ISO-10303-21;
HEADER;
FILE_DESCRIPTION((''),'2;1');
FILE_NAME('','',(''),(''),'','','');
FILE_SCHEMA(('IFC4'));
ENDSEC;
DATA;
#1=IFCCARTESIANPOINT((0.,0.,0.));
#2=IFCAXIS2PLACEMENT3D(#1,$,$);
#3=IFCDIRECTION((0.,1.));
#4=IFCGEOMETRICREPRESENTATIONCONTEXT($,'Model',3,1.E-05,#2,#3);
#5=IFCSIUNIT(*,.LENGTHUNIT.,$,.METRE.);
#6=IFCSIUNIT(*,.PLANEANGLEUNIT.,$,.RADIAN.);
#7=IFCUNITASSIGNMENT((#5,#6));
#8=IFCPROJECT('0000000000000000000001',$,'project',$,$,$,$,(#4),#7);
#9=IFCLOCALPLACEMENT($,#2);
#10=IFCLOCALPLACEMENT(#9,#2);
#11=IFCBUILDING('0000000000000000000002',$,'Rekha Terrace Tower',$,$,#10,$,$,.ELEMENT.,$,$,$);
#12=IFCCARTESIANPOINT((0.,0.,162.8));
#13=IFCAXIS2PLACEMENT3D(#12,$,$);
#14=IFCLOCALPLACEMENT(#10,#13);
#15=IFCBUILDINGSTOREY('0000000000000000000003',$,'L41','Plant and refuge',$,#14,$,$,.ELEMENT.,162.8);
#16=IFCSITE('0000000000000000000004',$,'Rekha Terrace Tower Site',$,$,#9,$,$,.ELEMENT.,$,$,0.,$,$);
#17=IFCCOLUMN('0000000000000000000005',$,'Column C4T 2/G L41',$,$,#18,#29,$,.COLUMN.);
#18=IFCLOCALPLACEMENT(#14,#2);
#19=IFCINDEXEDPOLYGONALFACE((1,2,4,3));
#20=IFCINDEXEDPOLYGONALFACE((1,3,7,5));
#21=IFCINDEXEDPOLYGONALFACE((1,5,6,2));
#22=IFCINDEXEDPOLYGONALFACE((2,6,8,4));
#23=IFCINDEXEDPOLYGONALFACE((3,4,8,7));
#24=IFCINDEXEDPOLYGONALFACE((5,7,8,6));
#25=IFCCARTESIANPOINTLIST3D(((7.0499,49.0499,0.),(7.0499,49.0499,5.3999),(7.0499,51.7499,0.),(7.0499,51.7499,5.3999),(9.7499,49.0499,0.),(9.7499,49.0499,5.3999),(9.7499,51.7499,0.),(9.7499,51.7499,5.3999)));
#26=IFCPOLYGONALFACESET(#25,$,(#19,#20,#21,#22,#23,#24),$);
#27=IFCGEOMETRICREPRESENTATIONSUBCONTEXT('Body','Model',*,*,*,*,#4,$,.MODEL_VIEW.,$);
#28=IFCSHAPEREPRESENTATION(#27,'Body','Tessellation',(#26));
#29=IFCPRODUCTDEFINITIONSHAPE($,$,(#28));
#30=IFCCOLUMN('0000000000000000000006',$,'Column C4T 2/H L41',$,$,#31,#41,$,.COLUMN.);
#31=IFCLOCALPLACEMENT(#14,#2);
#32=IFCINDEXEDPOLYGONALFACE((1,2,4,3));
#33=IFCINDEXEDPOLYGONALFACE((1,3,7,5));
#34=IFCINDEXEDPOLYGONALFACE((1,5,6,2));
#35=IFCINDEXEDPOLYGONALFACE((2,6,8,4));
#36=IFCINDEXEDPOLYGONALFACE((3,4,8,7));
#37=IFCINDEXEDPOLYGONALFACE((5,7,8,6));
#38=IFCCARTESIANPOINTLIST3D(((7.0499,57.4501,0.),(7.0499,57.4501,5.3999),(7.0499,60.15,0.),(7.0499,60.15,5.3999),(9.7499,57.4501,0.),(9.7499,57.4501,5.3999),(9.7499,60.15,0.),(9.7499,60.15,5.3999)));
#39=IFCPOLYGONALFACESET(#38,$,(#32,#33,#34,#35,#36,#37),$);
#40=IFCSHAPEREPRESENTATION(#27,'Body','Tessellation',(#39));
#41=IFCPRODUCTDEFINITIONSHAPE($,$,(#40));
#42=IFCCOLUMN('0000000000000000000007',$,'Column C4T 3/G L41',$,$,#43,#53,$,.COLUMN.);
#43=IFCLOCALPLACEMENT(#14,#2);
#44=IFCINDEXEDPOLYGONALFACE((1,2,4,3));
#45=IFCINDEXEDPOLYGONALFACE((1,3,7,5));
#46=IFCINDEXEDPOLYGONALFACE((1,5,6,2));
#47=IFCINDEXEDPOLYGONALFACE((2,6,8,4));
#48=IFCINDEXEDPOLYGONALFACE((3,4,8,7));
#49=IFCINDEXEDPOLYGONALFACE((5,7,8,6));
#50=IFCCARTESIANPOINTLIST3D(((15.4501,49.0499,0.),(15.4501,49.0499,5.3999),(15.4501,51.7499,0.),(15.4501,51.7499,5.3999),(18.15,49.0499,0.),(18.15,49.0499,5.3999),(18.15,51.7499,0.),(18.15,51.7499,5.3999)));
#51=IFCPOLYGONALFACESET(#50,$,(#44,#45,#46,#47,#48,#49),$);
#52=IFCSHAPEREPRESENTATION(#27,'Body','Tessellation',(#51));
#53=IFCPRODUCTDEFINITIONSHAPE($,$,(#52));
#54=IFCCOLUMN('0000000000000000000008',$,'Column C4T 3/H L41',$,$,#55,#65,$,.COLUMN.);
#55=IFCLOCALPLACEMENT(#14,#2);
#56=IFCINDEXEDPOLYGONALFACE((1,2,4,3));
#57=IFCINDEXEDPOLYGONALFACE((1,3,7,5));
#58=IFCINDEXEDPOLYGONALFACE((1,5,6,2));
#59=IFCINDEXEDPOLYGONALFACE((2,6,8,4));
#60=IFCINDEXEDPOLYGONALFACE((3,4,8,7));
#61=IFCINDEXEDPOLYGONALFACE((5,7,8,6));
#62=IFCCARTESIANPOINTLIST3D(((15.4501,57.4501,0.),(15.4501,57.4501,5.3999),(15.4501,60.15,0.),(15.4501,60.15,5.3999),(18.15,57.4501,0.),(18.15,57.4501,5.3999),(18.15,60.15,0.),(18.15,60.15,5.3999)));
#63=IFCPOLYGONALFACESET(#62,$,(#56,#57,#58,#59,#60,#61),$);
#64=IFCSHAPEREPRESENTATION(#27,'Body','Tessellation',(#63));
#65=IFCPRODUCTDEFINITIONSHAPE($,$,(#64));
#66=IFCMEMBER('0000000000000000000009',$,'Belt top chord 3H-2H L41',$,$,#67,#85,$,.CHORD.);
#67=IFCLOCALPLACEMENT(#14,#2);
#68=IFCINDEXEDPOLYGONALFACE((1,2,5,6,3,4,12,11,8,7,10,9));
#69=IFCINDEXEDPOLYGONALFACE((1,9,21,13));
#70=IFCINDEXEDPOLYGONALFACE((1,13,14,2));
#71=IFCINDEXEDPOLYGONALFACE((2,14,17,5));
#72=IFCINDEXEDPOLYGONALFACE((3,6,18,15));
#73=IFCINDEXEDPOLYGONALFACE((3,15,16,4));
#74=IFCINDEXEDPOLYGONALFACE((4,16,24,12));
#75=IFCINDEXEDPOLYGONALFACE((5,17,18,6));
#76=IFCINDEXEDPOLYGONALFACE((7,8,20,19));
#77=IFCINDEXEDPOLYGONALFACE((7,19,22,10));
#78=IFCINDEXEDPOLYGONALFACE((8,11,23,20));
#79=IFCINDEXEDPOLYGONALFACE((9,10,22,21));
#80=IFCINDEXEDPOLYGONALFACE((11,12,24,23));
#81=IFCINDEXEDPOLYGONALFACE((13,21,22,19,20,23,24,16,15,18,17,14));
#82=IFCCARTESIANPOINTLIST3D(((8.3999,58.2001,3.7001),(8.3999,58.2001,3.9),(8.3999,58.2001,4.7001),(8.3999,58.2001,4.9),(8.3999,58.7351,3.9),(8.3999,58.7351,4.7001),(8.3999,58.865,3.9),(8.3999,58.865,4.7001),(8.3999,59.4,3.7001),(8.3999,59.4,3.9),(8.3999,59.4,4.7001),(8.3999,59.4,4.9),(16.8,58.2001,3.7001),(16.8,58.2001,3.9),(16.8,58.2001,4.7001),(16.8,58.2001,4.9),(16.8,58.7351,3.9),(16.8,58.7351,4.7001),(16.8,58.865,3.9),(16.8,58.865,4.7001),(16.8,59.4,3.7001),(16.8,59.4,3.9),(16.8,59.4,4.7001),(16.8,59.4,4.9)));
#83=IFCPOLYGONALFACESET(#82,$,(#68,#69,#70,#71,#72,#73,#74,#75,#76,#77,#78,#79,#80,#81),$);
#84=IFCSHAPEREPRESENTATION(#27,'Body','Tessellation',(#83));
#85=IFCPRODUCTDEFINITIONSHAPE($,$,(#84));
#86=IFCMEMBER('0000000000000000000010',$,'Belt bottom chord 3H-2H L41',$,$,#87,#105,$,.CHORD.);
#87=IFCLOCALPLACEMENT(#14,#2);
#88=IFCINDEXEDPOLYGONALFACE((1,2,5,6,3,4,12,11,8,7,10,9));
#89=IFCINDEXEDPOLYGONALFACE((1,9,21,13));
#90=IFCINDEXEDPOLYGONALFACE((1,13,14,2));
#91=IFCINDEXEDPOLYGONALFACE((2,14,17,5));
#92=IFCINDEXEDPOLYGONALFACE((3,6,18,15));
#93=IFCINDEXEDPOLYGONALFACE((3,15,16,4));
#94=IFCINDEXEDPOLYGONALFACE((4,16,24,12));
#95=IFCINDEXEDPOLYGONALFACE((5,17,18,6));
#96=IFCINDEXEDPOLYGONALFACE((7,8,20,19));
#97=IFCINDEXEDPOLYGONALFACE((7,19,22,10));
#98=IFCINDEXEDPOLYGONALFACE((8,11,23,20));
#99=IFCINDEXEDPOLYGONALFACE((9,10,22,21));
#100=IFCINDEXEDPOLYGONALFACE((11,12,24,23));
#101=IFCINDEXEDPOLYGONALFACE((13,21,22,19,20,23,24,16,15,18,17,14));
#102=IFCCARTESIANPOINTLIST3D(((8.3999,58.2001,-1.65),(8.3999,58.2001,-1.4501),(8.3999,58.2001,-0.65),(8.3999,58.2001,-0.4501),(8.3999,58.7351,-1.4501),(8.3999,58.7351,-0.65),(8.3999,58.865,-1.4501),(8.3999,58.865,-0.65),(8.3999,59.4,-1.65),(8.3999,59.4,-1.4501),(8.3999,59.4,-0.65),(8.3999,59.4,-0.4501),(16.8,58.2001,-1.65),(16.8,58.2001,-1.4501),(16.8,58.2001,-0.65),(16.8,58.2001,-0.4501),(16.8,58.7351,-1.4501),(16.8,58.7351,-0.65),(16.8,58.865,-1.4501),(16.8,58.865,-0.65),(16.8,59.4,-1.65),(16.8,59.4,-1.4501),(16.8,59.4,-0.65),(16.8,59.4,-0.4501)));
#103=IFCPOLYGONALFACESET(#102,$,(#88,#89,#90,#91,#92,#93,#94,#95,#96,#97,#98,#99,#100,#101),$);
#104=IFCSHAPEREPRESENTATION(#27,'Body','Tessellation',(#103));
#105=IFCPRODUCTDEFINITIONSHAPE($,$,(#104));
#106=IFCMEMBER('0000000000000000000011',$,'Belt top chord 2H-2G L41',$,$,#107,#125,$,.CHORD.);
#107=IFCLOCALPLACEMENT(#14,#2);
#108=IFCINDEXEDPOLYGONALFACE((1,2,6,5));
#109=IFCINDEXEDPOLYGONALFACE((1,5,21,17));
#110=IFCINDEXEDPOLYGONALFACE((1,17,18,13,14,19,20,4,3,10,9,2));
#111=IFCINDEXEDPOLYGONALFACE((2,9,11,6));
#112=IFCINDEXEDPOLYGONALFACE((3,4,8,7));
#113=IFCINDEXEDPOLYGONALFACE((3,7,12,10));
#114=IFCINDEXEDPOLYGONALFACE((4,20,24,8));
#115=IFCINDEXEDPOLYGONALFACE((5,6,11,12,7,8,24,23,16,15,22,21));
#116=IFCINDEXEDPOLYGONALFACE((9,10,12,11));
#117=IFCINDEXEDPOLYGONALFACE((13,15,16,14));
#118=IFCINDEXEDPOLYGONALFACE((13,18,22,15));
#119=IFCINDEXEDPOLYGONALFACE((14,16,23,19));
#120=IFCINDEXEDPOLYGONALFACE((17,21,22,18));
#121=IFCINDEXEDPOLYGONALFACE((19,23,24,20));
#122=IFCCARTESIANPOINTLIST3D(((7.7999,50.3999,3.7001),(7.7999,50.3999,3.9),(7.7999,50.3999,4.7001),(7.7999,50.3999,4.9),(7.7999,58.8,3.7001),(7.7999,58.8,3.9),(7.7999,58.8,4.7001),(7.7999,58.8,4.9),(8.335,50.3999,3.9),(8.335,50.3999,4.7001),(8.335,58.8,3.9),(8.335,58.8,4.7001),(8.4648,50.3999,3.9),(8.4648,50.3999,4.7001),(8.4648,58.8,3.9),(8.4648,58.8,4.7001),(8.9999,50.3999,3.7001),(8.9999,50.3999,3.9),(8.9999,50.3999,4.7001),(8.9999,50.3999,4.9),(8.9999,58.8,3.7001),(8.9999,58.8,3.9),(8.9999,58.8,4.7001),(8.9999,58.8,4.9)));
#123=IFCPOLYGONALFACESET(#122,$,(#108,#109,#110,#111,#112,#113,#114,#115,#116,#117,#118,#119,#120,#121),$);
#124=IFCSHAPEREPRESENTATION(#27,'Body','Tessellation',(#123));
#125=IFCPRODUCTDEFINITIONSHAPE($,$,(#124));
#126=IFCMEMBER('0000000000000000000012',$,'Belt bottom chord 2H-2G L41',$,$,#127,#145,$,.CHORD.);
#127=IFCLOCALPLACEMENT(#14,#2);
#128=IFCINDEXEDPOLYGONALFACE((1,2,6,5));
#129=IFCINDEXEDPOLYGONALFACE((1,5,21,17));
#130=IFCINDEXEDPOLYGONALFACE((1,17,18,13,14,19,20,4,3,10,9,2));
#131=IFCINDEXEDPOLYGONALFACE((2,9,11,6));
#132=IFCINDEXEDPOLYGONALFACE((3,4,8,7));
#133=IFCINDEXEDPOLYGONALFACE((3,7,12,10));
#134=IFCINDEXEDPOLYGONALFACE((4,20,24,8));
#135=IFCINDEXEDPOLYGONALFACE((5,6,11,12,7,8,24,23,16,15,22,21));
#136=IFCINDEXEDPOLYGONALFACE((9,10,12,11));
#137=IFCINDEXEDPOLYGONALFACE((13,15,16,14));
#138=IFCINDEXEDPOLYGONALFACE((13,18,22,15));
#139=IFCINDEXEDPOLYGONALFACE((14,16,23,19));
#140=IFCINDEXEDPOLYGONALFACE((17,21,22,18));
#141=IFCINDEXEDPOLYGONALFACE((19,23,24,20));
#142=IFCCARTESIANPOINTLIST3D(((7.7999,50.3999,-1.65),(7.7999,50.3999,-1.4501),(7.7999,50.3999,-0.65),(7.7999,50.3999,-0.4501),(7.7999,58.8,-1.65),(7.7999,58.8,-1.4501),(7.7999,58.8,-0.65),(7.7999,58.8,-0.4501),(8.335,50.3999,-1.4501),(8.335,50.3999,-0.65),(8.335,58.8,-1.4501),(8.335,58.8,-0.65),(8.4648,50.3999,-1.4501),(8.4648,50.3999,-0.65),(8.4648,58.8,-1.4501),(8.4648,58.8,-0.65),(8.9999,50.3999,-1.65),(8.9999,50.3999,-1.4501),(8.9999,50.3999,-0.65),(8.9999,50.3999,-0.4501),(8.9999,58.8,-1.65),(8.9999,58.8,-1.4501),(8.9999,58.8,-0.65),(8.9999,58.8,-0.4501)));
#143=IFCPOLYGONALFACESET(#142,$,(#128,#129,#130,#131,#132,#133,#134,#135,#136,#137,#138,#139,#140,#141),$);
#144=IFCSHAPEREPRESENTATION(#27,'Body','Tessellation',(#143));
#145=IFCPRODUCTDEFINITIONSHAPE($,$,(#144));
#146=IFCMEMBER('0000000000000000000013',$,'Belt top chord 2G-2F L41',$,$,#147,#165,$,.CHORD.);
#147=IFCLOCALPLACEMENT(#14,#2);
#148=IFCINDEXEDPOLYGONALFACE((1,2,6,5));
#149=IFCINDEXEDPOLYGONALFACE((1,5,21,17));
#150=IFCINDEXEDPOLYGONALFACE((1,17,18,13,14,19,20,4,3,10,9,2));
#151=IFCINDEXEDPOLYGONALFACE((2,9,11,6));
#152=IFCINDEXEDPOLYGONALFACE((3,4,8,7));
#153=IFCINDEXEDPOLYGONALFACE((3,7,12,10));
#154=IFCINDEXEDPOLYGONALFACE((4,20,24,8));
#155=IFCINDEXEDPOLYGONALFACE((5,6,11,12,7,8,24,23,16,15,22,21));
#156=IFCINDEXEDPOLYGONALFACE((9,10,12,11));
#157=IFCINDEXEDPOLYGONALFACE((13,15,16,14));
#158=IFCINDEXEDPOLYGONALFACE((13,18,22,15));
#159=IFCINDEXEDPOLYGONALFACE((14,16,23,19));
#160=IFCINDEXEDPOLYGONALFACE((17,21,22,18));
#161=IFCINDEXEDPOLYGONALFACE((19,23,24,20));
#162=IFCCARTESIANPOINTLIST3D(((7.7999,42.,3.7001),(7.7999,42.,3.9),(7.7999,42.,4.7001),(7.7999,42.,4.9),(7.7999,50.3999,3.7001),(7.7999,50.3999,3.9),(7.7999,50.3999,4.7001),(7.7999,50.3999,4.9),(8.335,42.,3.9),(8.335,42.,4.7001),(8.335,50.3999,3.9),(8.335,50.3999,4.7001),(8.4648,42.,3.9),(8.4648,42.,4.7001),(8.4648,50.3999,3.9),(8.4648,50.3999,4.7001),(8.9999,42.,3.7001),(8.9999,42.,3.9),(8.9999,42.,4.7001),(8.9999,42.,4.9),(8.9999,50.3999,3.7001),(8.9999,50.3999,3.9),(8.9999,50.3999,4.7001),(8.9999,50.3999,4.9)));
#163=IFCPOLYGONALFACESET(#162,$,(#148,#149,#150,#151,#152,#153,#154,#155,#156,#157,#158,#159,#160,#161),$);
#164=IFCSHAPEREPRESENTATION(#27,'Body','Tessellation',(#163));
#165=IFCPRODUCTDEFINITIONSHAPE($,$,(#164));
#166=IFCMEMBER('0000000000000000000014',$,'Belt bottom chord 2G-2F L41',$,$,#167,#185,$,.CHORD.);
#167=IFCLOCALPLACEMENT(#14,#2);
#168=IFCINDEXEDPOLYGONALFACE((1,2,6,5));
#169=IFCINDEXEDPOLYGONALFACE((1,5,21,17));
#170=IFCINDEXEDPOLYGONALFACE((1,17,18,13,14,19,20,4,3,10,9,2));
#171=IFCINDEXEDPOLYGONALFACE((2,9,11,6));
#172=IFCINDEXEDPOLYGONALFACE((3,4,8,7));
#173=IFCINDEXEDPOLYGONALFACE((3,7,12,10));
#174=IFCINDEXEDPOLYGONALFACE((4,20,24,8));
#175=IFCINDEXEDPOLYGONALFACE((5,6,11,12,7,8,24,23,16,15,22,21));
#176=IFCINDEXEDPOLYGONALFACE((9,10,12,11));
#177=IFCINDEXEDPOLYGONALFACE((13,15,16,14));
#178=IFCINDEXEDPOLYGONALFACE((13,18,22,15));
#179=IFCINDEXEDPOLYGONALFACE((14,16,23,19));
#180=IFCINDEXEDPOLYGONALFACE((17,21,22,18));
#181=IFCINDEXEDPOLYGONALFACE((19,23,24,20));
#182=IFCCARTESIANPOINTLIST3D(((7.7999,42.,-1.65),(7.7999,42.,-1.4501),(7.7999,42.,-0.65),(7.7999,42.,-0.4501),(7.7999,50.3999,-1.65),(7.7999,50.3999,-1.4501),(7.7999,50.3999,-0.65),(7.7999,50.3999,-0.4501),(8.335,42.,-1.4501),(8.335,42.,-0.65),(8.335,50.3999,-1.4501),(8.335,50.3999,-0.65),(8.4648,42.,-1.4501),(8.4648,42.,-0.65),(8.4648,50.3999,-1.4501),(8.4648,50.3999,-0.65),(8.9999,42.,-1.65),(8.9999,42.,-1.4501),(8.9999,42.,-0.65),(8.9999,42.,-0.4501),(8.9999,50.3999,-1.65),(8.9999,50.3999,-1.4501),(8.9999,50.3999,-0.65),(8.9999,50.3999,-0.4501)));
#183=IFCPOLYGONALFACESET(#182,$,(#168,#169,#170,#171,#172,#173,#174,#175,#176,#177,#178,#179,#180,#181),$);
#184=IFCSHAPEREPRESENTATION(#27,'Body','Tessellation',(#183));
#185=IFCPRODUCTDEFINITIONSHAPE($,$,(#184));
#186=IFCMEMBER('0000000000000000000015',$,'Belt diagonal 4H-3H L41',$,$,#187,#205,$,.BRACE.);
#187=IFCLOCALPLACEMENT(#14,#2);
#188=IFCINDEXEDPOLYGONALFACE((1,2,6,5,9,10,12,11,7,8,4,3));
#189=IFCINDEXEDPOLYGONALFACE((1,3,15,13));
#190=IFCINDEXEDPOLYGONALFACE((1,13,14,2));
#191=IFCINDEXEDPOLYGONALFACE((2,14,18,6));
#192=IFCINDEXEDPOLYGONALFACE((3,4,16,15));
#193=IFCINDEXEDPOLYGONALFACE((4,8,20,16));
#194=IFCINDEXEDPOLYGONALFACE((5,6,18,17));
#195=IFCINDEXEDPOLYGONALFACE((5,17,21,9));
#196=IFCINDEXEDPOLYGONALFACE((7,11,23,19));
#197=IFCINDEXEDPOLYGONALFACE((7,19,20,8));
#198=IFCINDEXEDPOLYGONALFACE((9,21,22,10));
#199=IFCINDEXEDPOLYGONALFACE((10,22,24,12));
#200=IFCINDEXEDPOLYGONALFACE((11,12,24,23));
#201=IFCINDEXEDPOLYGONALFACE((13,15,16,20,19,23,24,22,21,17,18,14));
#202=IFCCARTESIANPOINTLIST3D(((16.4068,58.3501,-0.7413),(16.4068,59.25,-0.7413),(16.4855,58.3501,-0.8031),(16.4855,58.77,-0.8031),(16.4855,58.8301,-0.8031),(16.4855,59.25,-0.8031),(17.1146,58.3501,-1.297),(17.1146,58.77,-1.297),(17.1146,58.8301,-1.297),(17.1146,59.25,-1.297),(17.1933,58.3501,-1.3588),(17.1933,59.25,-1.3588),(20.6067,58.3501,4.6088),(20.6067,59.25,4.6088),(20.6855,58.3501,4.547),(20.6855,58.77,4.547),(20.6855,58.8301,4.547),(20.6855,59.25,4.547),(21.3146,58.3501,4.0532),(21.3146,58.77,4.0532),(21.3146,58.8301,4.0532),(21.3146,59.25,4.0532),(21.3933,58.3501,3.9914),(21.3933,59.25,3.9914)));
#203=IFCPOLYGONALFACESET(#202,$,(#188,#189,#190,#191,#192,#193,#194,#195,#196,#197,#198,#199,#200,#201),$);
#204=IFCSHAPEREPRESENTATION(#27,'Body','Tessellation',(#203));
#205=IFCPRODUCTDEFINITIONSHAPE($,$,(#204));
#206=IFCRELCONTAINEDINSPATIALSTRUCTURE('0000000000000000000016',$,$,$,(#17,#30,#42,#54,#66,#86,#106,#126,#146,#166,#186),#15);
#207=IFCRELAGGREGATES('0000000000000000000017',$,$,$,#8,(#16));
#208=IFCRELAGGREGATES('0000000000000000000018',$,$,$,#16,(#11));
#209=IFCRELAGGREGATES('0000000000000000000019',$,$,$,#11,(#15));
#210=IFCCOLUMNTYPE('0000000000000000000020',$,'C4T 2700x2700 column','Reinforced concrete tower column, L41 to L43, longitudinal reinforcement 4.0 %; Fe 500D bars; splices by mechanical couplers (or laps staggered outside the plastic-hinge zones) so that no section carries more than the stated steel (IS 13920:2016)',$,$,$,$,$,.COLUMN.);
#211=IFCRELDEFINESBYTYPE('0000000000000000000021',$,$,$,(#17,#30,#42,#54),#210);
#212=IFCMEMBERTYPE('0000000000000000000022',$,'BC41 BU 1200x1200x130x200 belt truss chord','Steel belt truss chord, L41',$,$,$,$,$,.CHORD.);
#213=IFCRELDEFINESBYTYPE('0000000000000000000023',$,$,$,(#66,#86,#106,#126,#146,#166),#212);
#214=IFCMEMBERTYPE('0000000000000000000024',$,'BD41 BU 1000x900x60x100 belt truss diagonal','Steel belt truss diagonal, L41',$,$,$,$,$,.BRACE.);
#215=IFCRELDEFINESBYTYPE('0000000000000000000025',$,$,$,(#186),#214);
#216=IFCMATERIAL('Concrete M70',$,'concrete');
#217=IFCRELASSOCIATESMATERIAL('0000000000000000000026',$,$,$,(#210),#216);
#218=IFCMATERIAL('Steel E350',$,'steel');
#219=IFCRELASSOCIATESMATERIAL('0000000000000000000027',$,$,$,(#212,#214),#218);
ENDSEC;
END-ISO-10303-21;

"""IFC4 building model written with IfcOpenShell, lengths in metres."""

from ifc_helpers import new_model, si_unit, direction, frame, origin, origin_2d, place, context, subcontext, project, spatial, rectangle, i_section, extrude, material, material_profile, profile_set, type_object, element, save


model = new_model("IFC4")

# Units and contexts
model_context = context("Model", 3, precision=1e-05, world=origin(), true_north=direction((0.0, 1.0)))
body_context = subcontext(model_context, "Body", "Model", "MODEL_VIEW")
ifc_project = project(units=[si_unit("LENGTHUNIT", "METRE"), si_unit("PLANEANGLEUNIT", "RADIAN")], contexts=[model_context])

# Site, building, storey
site_placement = place(None, origin())
site = spatial("IfcSite", under=ifc_project, at=site_placement, Name="Rekha Terrace Tower Site", CompositionType="ELEMENT", RefElevation=0.0)
building_placement = place(site_placement, origin())
building = spatial("IfcBuilding", under=site, at=building_placement, Name="Rekha Terrace Tower", CompositionType="ELEMENT")
storey_placement = place(building_placement, frame((0.0, 0.0, 162.8)))
storey = spatial("IfcBuildingStorey", under=building, at=storey_placement, Name="L41", Description="Plant and refuge", CompositionType="ELEMENT", Elevation=162.8)

# Columns
ifc_material_1 = material(Name="Concrete M70", Category="concrete")
ifc_material_profile_1 = material_profile(ifc_material_1, rectangle(XDim=2.7, YDim=2.7, at=origin_2d()), Name="RC 2700x2700")
ifc_profile_set_1 = profile_set([ifc_material_profile_1], Name="Concrete M70")
column_type = type_object("IfcColumnType", Name="C4T 2700x2700 column", Description="Reinforced concrete tower column, L41 to L43, longitudinal reinforcement 4.0 %; Fe 500D bars; splices by mechanical couplers (or laps staggered outside the plastic-hinge zones) so that no section carries more than the stated steel (IS 13920:2016)", PredefinedType="COLUMN", material=ifc_profile_set_1)
for number, where, z_axis, x_axis, name in (
    (1, (8.3999, 50.3999, 0.0), (0.0, 0.0, 1.0), (1.0, 0.0, 0.0), "Column C4T 2/G L41"),
    (2, (8.3999, 58.8, 0.0), (0.0, 0.0, 1.0), (1.0, 0.0, 0.0), "Column C4T 2/H L41"),
    (3, (16.8, 50.3999, 0.0), (0.0, 0.0, 1.0), (1.0, 0.0, 0.0), "Column C4T 3/G L41"),
    (4, (16.8, 58.8, 0.0), (0.0, 0.0, 1.0), (1.0, 0.0, 0.0), "Column C4T 3/H L41"),
):
    element("IfcColumn", number, at=place(storey_placement, frame(where, z_axis=z_axis, x_axis=x_axis)), inside=storey, type_object=column_type, Name=name, PredefinedType="COLUMN", context=body_context, shape_type="SweptSolid", body=[
        extrude(rectangle(XDim=2.7, YDim=2.7, at=origin_2d()), origin(), (0.0, 0.0, 1.0), 5.3999),
    ])

# Members
ifc_material_2 = material(Name="Steel E350", Category="steel")
ifc_material_profile_2 = material_profile(ifc_material_2, i_section(OverallWidth=1.2, OverallDepth=1.2, WebThickness=0.1299, FlangeThickness=0.2, at=origin_2d()), Name="BU 1200x1200x130x200")
ifc_profile_set_2 = profile_set([ifc_material_profile_2], Name="Steel E350")
member_type_1 = type_object("IfcMemberType", Name="BC41 BU 1200x1200x130x200 belt truss chord", Description="Steel belt truss chord, L41", PredefinedType="CHORD", material=ifc_profile_set_2)
for number, where, z_axis, x_axis, name in (
    (5, (16.8, 58.8, 4.3), (-1.0, 0.0, 0.0), (0.0, -1.0, 0.0), "Belt top chord 3H-2H L41"),
    (6, (16.8, 58.8, -1.05), (-1.0, 0.0, 0.0), (0.0, -1.0, 0.0), "Belt bottom chord 3H-2H L41"),
    (7, (8.3999, 58.8, 4.3), (0.0, -1.0, 0.0), (1.0, 0.0, 0.0), "Belt top chord 2H-2G L41"),
    (8, (8.3999, 58.8, -1.05), (0.0, -1.0, 0.0), (1.0, 0.0, 0.0), "Belt bottom chord 2H-2G L41"),
):
    element("IfcMember", number, at=place(storey_placement, frame(where, z_axis=z_axis, x_axis=x_axis)), inside=storey, type_object=member_type_1, Name=name, PredefinedType="CHORD", context=body_context, shape_type="SweptSolid", body=[
        extrude(i_section(OverallWidth=1.2, OverallDepth=1.2, WebThickness=0.1299, FlangeThickness=0.2, at=origin_2d()), origin(), (0.0, 0.0, 1.0), 8.4001),
    ])
for number, where, z_axis, x_axis, name in (
    (9, (8.3999, 50.3999, 4.3), (0.0, -1.0, 0.0), (1.0, 0.0, 0.0), "Belt top chord 2G-2F L41"),
    (10, (8.3999, 50.3999, -1.05), (0.0, -1.0, 0.0), (1.0, 0.0, 0.0), "Belt bottom chord 2G-2F L41"),
):
    element("IfcMember", number, at=place(storey_placement, frame(where, z_axis=z_axis, x_axis=x_axis)), inside=storey, type_object=member_type_1, Name=name, PredefinedType="CHORD", context=body_context, shape_type="SweptSolid", body=[
        extrude(i_section(OverallWidth=1.2, OverallDepth=1.2, WebThickness=0.1299, FlangeThickness=0.2, at=origin_2d()), origin(), (0.0, 0.0, 1.0), 8.3999),
    ])
ifc_material_profile_3 = material_profile(ifc_material_2, i_section(OverallWidth=0.8999, OverallDepth=1.0, WebThickness=0.0601, FlangeThickness=0.1001, at=origin_2d()), Name="BU 1000x900x60x100")
ifc_profile_set_3 = profile_set([ifc_material_profile_3], Name="Steel E350")
member_type_2 = type_object("IfcMemberType", Name="BD41 BU 1000x900x60x100 belt truss diagonal", Description="Steel belt truss diagonal, L41", PredefinedType="BRACE", material=ifc_profile_set_3)
for number, where, z_axis, x_axis, name in (
    (11, (16.8, 58.8, -1.05), (0.617485, 0.0, 0.786582), (0.0, 1.0, 0.0), "Belt diagonal 4H-3H L41"),
):
    element("IfcMember", number, at=place(storey_placement, frame(where, z_axis=z_axis, x_axis=x_axis)), inside=storey, type_object=member_type_2, Name=name, PredefinedType="BRACE", context=body_context, shape_type="SweptSolid", body=[
        extrude(i_section(OverallWidth=0.8999, OverallDepth=1.0, WebThickness=0.0601, FlangeThickness=0.1001, at=origin_2d()), origin(), (0.0, 0.0, 1.0), 6.8018),
    ])

save(model, "model.ifc")
